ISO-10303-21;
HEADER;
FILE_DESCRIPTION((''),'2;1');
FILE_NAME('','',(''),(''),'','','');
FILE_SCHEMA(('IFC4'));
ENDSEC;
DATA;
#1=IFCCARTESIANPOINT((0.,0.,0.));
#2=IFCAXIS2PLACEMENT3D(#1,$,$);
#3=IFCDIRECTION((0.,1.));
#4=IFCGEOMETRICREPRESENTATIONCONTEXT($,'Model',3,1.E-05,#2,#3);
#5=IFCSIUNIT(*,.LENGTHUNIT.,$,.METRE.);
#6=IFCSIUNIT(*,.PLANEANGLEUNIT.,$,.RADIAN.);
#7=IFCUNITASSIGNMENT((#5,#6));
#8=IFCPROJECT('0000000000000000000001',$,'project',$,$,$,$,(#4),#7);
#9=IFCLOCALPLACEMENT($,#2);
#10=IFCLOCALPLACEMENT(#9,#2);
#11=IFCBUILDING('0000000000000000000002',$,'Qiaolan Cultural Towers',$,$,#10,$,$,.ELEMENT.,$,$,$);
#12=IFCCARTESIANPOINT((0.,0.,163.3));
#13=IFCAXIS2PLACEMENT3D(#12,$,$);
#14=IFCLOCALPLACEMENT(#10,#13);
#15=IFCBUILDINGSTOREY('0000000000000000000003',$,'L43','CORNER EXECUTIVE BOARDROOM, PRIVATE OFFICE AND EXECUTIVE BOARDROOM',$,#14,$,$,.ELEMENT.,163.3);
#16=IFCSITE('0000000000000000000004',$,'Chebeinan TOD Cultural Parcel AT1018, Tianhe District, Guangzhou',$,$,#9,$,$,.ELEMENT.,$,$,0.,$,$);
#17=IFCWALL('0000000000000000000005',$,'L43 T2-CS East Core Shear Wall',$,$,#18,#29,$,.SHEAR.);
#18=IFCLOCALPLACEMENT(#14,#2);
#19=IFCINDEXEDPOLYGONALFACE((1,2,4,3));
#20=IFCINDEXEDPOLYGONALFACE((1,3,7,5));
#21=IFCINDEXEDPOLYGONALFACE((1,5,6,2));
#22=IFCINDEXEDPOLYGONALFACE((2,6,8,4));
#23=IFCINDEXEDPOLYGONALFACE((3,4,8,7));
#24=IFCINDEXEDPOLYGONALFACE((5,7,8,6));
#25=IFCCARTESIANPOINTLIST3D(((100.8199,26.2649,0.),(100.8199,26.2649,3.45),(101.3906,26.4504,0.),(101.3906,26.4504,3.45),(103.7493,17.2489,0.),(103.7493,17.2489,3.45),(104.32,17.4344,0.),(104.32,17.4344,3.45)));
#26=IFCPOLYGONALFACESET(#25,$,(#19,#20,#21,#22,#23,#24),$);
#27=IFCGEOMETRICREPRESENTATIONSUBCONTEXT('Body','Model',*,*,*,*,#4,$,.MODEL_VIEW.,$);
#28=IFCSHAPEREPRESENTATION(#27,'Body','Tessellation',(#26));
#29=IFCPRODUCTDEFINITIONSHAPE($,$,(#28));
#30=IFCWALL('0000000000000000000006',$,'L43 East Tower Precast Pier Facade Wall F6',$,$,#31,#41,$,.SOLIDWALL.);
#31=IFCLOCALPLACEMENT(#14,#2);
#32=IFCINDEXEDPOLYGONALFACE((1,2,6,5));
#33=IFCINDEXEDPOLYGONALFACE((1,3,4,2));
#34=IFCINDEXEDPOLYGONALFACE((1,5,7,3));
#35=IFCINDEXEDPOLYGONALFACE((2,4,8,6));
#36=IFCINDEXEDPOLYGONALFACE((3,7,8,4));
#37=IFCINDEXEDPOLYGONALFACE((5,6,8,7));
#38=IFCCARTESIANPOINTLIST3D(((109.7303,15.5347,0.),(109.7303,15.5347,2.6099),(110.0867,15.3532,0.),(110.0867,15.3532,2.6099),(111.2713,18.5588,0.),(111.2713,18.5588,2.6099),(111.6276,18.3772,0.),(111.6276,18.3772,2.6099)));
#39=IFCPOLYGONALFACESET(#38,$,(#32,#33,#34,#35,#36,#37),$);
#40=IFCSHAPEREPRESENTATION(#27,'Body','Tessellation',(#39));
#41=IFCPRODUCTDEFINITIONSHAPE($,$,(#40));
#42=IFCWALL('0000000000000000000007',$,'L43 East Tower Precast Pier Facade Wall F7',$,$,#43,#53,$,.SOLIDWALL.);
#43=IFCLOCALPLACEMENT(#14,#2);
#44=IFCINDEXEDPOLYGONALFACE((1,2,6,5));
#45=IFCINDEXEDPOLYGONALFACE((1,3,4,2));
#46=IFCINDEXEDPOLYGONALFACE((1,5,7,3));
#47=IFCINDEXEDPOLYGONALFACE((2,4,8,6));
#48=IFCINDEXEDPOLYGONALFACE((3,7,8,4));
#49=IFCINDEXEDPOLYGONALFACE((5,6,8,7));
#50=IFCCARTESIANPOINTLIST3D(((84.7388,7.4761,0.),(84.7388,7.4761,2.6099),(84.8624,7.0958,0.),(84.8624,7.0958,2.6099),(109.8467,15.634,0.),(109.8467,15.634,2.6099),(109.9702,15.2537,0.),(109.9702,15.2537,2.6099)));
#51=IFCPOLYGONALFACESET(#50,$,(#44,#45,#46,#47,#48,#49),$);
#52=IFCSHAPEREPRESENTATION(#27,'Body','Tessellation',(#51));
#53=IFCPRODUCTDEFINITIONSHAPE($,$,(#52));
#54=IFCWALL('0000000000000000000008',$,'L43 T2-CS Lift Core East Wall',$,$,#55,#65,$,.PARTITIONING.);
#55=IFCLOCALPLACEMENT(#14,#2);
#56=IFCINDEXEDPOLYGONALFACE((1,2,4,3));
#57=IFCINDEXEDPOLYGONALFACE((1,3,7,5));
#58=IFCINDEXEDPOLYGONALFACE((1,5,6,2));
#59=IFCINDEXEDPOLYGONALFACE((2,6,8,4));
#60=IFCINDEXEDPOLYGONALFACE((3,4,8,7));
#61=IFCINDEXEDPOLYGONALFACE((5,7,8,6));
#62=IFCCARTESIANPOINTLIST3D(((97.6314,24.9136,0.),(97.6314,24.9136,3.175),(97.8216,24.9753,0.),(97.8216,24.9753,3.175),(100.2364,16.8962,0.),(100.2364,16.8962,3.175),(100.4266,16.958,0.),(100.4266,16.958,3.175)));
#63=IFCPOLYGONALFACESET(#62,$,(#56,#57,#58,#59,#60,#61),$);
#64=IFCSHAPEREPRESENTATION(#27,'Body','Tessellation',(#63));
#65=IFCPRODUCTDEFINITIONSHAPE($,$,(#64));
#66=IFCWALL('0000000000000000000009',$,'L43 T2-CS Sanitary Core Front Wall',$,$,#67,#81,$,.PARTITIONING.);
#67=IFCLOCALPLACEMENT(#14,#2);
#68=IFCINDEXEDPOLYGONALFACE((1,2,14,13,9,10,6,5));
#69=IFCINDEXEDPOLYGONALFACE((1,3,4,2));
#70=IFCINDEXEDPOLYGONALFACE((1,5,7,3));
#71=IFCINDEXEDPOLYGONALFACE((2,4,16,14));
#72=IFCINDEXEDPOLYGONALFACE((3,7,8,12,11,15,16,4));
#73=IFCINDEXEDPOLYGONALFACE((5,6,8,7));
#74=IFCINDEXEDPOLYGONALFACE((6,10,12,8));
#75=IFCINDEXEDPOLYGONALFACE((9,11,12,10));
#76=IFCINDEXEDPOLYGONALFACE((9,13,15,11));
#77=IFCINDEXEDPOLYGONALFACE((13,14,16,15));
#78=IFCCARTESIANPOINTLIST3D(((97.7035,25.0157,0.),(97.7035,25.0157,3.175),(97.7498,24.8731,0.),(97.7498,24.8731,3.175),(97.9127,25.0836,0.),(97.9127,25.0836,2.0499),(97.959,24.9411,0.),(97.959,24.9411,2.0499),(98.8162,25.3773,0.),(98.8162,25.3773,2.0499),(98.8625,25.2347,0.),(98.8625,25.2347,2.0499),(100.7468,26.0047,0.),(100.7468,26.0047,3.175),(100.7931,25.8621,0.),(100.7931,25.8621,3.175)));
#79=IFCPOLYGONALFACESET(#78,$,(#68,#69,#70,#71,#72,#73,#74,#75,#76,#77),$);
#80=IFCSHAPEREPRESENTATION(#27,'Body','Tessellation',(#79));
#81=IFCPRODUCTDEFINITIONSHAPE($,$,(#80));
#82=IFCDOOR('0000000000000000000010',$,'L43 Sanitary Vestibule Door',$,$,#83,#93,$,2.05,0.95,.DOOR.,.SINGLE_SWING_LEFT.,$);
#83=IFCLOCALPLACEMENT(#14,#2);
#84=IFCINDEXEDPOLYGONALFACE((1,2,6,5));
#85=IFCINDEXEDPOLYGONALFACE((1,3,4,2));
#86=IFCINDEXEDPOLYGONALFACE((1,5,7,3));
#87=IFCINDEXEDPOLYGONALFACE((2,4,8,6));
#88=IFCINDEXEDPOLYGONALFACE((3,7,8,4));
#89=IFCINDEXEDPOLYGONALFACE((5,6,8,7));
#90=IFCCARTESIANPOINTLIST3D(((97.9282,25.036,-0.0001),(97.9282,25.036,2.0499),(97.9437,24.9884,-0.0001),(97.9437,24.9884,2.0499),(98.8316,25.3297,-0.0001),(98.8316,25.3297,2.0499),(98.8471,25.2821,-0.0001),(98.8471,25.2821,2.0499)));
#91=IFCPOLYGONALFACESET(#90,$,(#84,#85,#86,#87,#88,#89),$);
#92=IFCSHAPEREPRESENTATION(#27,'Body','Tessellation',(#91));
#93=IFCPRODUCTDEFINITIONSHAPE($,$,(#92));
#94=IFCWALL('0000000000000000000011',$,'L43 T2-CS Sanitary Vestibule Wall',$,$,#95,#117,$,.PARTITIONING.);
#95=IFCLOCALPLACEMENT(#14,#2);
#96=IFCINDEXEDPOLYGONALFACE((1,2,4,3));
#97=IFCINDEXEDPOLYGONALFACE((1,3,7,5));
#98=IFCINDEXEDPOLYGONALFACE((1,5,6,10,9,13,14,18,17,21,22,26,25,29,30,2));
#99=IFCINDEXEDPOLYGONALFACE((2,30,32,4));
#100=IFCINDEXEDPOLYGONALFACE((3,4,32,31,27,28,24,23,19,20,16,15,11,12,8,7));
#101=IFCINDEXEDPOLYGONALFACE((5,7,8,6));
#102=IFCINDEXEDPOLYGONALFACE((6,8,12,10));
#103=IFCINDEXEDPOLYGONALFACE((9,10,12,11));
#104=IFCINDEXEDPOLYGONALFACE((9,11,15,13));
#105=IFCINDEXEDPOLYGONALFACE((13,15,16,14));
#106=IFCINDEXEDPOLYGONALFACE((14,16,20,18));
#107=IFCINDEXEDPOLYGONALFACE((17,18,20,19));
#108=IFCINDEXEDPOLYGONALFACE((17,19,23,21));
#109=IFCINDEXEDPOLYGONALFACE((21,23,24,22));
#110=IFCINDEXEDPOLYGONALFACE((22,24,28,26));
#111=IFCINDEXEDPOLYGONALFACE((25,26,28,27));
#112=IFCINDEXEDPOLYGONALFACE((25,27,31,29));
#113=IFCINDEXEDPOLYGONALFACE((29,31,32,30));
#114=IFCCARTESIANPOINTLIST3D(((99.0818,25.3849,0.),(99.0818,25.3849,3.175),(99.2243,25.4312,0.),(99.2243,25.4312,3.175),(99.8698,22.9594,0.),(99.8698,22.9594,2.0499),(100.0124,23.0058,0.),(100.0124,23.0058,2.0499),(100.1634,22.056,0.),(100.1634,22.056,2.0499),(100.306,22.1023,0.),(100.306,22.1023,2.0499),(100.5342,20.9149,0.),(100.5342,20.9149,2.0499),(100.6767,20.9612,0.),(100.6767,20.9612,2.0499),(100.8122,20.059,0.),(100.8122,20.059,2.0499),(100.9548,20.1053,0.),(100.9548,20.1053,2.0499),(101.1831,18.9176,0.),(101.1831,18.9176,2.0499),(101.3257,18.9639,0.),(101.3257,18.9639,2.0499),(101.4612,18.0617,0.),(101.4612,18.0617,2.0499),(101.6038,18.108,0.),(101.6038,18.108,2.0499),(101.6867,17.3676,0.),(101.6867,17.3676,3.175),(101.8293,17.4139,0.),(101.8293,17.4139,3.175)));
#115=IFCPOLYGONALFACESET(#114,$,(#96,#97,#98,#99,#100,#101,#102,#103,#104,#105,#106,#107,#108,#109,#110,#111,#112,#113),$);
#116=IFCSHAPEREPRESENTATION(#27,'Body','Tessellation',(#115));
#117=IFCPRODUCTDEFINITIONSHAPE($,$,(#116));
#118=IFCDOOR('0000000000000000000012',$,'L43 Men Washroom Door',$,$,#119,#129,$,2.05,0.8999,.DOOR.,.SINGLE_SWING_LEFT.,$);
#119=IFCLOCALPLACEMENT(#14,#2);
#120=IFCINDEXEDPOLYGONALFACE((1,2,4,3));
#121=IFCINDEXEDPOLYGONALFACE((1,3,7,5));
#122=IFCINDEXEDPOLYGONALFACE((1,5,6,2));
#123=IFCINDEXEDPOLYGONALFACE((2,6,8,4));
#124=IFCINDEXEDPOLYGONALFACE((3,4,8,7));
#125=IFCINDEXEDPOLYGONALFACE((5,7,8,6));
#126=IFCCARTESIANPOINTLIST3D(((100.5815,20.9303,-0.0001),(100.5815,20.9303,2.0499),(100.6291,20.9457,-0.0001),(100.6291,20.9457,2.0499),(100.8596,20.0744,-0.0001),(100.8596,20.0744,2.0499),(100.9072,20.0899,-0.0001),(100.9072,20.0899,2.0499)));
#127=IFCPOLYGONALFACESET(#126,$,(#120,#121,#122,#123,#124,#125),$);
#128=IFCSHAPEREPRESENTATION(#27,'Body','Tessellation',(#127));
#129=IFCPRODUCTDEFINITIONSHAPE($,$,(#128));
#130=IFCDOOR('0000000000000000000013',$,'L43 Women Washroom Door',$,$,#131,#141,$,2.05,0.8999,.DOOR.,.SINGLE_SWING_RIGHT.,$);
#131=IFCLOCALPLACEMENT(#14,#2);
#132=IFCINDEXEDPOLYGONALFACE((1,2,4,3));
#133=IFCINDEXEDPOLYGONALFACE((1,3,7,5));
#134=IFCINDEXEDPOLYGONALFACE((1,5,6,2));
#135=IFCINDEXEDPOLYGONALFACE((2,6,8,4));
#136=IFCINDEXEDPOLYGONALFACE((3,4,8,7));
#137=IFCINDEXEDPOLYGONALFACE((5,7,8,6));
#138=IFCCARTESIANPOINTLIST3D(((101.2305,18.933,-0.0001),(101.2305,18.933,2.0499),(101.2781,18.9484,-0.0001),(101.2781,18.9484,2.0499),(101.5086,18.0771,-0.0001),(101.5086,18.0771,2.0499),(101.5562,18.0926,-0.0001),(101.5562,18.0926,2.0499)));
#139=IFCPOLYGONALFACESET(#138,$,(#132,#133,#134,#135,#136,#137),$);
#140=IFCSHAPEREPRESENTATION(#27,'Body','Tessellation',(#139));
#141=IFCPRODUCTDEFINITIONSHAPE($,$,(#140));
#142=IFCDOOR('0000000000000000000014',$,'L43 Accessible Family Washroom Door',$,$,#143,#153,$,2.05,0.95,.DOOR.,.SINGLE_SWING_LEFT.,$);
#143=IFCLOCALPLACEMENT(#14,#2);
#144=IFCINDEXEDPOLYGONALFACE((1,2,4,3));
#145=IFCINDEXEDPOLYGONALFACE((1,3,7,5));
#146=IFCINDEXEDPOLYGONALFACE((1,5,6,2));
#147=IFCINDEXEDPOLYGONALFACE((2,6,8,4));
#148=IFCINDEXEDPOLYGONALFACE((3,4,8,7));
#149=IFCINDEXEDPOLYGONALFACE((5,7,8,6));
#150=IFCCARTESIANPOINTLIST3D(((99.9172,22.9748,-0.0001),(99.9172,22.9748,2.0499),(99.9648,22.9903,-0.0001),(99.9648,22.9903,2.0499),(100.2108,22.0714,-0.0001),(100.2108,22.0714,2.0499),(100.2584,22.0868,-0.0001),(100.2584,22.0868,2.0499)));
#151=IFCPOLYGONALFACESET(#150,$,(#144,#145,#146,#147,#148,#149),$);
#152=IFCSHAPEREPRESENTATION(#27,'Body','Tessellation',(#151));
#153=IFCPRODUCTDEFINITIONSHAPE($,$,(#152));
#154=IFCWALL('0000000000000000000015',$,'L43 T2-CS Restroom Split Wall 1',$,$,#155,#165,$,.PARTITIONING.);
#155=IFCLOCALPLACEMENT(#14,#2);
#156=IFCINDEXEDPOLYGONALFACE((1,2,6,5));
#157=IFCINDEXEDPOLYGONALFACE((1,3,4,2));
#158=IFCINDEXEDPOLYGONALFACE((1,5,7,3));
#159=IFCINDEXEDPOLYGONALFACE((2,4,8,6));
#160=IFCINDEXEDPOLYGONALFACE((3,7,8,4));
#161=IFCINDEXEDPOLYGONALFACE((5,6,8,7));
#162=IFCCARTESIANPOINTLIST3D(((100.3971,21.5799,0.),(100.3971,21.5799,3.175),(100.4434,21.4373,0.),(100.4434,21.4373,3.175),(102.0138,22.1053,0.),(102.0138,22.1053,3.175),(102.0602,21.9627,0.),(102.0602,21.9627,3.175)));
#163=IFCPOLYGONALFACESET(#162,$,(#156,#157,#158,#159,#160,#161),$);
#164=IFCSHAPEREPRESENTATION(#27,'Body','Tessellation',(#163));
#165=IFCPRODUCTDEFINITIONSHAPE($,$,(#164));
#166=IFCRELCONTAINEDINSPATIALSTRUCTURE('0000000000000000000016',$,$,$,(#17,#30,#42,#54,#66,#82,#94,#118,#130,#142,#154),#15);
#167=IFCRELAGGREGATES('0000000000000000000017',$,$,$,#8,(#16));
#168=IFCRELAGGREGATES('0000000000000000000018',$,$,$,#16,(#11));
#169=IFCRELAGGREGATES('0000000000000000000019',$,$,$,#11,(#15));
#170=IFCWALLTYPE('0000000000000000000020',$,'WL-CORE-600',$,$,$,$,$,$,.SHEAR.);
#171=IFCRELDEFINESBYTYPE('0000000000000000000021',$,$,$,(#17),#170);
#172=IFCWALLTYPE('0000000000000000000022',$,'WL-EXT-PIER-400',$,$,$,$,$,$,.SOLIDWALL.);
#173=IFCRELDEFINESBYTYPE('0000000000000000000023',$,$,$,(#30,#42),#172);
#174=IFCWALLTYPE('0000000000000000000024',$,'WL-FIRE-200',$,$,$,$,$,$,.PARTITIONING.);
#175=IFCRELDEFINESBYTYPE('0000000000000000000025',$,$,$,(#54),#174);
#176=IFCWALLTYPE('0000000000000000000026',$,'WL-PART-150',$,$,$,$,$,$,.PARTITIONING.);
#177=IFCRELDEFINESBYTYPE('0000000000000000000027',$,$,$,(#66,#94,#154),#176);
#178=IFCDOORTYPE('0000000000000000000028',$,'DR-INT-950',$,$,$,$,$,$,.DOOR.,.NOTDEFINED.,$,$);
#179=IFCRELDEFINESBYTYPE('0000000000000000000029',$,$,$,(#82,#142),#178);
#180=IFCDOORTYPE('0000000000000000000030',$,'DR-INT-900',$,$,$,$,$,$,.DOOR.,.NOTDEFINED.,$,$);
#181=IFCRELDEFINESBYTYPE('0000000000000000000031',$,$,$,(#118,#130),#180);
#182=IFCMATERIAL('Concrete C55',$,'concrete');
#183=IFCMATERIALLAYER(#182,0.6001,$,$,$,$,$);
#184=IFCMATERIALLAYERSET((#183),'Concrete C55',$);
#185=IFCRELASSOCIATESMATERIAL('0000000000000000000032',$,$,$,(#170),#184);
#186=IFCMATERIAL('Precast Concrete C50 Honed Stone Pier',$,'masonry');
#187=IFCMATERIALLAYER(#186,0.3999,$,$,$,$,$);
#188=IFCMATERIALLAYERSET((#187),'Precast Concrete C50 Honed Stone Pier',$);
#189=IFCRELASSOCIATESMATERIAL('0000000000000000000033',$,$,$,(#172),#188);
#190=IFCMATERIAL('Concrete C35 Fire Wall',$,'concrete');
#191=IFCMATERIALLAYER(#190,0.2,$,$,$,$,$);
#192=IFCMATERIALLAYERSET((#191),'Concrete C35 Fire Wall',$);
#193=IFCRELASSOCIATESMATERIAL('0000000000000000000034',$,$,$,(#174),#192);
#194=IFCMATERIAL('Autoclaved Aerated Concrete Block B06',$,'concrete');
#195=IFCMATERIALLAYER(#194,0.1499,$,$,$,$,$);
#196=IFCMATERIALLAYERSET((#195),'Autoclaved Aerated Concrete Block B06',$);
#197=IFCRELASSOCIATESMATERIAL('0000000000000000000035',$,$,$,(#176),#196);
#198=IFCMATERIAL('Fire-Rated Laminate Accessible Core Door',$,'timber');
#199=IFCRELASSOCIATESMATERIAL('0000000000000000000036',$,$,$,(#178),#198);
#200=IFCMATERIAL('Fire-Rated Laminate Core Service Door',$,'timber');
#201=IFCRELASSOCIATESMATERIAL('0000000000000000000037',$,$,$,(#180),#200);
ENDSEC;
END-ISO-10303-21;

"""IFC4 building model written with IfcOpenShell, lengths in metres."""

from ifc_helpers import new_model, si_unit, direction, frame, frame_2d, origin, place, context, subcontext, project, spatial, rectangle, extrude, material, layer, layer_set, type_object, element, fill, save


model = new_model("IFC4")

# Units and contexts
model_context = context("Model", 3, precision=1e-05, world=origin(), true_north=direction((0.0, 1.0)))
body_context = subcontext(model_context, "Body", "Model", "MODEL_VIEW")
ifc_project = project(units=[si_unit("LENGTHUNIT", "METRE"), si_unit("PLANEANGLEUNIT", "RADIAN")], contexts=[model_context])

# Site, building, storey
site_placement = place(None, origin())
site = spatial("IfcSite", under=ifc_project, at=site_placement, Name="Chebeinan TOD Cultural Parcel AT1018, Tianhe District, Guangzhou", CompositionType="ELEMENT", RefElevation=0.0)
building_placement = place(site_placement, origin())
building = spatial("IfcBuilding", under=site, at=building_placement, Name="Qiaolan Cultural Towers", CompositionType="ELEMENT")
storey_placement = place(building_placement, frame((0.0, 0.0, 163.3)))
storey = spatial("IfcBuildingStorey", under=building, at=storey_placement, Name="L43", Description="CORNER EXECUTIVE BOARDROOM, PRIVATE OFFICE AND EXECUTIVE BOARDROOM", CompositionType="ELEMENT", Elevation=163.3)

# Walls
ifc_material_1 = material(Name="Concrete C55", Category="concrete")
ifc_layer_1 = layer(ifc_material_1, 0.6001)
ifc_layer_set_1 = layer_set([ifc_layer_1], Name="Concrete C55")
wall_type_1 = type_object("IfcWallType", Name="WL-CORE-600", PredefinedType="SHEAR", material=ifc_layer_set_1)
wall_1_placement = place(storey_placement, frame((101.1052, 26.3577, 0.0), z_axis=(0.0, 0.0, 1.0), x_axis=(0.30901, -0.951059, 0.0)))
element("IfcWall", 1, at=wall_1_placement, inside=storey, type_object=wall_type_1, Name="L43 T2-CS East Core Shear Wall", PredefinedType="SHEAR", context=body_context, shape_type="SweptSolid", body=[
    extrude(rectangle(XDim=9.48, YDim=0.6001, at=frame_2d((4.74, 0.0))), origin(), (0.0, 0.0, 1.0), 3.45),
])
ifc_material_2 = material(Name="Precast Concrete C50 Honed Stone Pier", Category="masonry")
ifc_layer_2 = layer(ifc_material_2, 0.3999)
ifc_layer_set_2 = layer_set([ifc_layer_2], Name="Precast Concrete C50 Honed Stone Pier")
wall_type_2 = type_object("IfcWallType", Name="WL-EXT-PIER-400", PredefinedType="SOLIDWALL", material=ifc_layer_set_2)
wall_2_placement = place(storey_placement, frame((111.4495, 18.468, 0.0), z_axis=(0.0, 0.0, 1.0), x_axis=(-0.45402, -0.890992, 0.0)))
element("IfcWall", 2, at=wall_2_placement, inside=storey, type_object=wall_type_2, Name="L43 East Tower Precast Pier Facade Wall F6", PredefinedType="SOLIDWALL", context=body_context, shape_type="SweptSolid", body=[
    extrude(rectangle(XDim=3.394, YDim=0.3999, at=frame_2d((1.697, 0.0))), origin(), (0.0, 0.0, 1.0), 2.6099),
])
wall_3_placement = place(storey_placement, frame((109.9084, 15.4438, 0.0), z_axis=(0.0, 0.0, 1.0), x_axis=(-0.951058, -0.309014, 0.0)))
element("IfcWall", 3, at=wall_3_placement, inside=storey, type_object=wall_type_2, Name="L43 East Tower Precast Pier Facade Wall F7", PredefinedType="SOLIDWALL", context=body_context, shape_type="SweptSolid", body=[
    extrude(rectangle(XDim=26.3999, YDim=0.3999, at=frame_2d((13.2, 0.0))), origin(), (0.0, 0.0, 1.0), 2.6099),
])
ifc_material_3 = material(Name="Concrete C35 Fire Wall", Category="concrete")
ifc_layer_3 = layer(ifc_material_3, 0.2)
ifc_layer_set_3 = layer_set([ifc_layer_3], Name="Concrete C35 Fire Wall")
wall_type_3 = type_object("IfcWallType", Name="WL-FIRE-200", PredefinedType="PARTITIONING", material=ifc_layer_set_3)
wall_4_placement = place(storey_placement, frame((97.7266, 24.9443, 0.0), z_axis=(0.0, 0.0, 1.0), x_axis=(0.309016, -0.951057, 0.0)))
element("IfcWall", 4, at=wall_4_placement, inside=storey, type_object=wall_type_3, Name="L43 T2-CS Lift Core East Wall", PredefinedType="PARTITIONING", context=body_context, shape_type="SweptSolid", body=[
    extrude(rectangle(XDim=8.4299, YDim=0.2, at=frame_2d((4.2148, 0.0))), origin(), (0.0, 0.0, 1.0), 3.175),
])

# Wall, opening, door
ifc_material_4 = material(Name="Autoclaved Aerated Concrete Block B06", Category="concrete")
ifc_layer_4 = layer(ifc_material_4, 0.1499)
ifc_layer_set_4 = layer_set([ifc_layer_4], Name="Autoclaved Aerated Concrete Block B06")
wall_type_4 = type_object("IfcWallType", Name="WL-PART-150", PredefinedType="PARTITIONING", material=ifc_layer_set_4)
wall_5_placement = place(storey_placement, frame((97.7266, 24.9443, 0.0), z_axis=(0.0, 0.0, 1.0), x_axis=(0.951037, 0.309077, 0.0)))
wall_5 = element("IfcWall", 5, at=wall_5_placement, inside=storey, type_object=wall_type_4, Name="L43 T2-CS Sanitary Core Front Wall", PredefinedType="PARTITIONING", context=body_context, shape_type="SweptSolid", body=[
    extrude(rectangle(XDim=3.2, YDim=0.1499, at=frame_2d((1.6001, 0.0))), origin(), (0.0, 0.0, 1.0), 3.175),
])
opening_1_placement = place(wall_5_placement, frame((0.22, 0.0, 0.0)))
opening_1 = element("IfcOpeningElement", 6, at=opening_1_placement, cuts=wall_5, PredefinedType="OPENING", context=body_context, shape_type="SweptSolid", body=[
    extrude(rectangle(XDim=0.95, YDim=2.05, at=frame_2d((0.4751, 1.0249))), frame((0.0, 0.085, 0.0), z_axis=(0.0, -1.0, 0.0), x_axis=(1.0, 0.0, 0.0)), (0.0, 0.0, 1.0), 0.1699),
])
ifc_material_5 = material(Name="Fire-Rated Laminate Accessible Core Door", Category="timber")
door_type_1 = type_object("IfcDoorType", Name="DR-INT-950", OperationType="NOTDEFINED", PredefinedType="DOOR", material=ifc_material_5)
door_1_placement = place(opening_1_placement, origin())
door_1 = element("IfcDoor", 7, at=door_1_placement, inside=storey, type_object=door_type_1, Name="L43 Sanitary Vestibule Door", OperationType="SINGLE_SWING_LEFT", OverallHeight=2.05, OverallWidth=0.95, PredefinedType="DOOR", context=body_context, shape_type="SweptSolid", body=[
    extrude(rectangle(XDim=0.95, YDim=2.05, at=frame_2d((0.4751, 1.0249))), frame((0.0, 0.0249, 0.0), z_axis=(0.0, -1.0, 0.0), x_axis=(1.0, 0.0, 0.0)), (0.0, 0.0, 1.0), 0.05),
])
fill(opening_1, door_1)

# Wall, openings, doors
wall_6_placement = place(storey_placement, frame((99.1531, 25.408, 0.0), z_axis=(0.0, 0.0, 1.0), x_axis=(0.309016, -0.951057, 0.0)))
wall_6 = element("IfcWall", 8, at=wall_6_placement, inside=storey, type_object=wall_type_4, Name="L43 T2-CS Sanitary Vestibule Wall", PredefinedType="PARTITIONING", context=body_context, shape_type="SweptSolid", body=[
    extrude(rectangle(XDim=8.4299, YDim=0.1499, at=frame_2d((4.2148, 0.0))), origin(), (0.0, 0.0, 1.0), 3.175),
])
opening_2_placement = place(wall_6_placement, frame((2.55, 0.0, 0.0)))
opening_2 = element("IfcOpeningElement", 9, at=opening_2_placement, cuts=wall_6, PredefinedType="OPENING", context=body_context, shape_type="SweptSolid", body=[
    extrude(rectangle(XDim=0.95, YDim=2.05, at=frame_2d((0.4751, 1.0249))), frame((0.0, 0.085, 0.0), z_axis=(0.0, -1.0, 0.0), x_axis=(1.0, 0.0, 0.0)), (0.0, 0.0, 1.0), 0.1699),
])
opening_3_placement = place(wall_6_placement, frame((4.7, 0.0, 0.0)))
opening_3 = element("IfcOpeningElement", 10, at=opening_3_placement, cuts=wall_6, PredefinedType="OPENING", context=body_context, shape_type="SweptSolid", body=[
    extrude(rectangle(XDim=0.8999, YDim=2.05, at=frame_2d((0.45, 1.0249))), frame((0.0, 0.085, 0.0), z_axis=(0.0, -1.0, 0.0), x_axis=(1.0, 0.0, 0.0)), (0.0, 0.0, 1.0), 0.1699),
])
opening_4_placement = place(wall_6_placement, frame((6.8, 0.0, 0.0)))
opening_4 = element("IfcOpeningElement", 11, at=opening_4_placement, cuts=wall_6, PredefinedType="OPENING", context=body_context, shape_type="SweptSolid", body=[
    extrude(rectangle(XDim=0.8999, YDim=2.05, at=frame_2d((0.45, 1.0249))), frame((0.0, 0.085, 0.0), z_axis=(0.0, -1.0, 0.0), x_axis=(1.0, 0.0, 0.0)), (0.0, 0.0, 1.0), 0.1699),
])
ifc_material_6 = material(Name="Fire-Rated Laminate Core Service Door", Category="timber")
door_type_2 = type_object("IfcDoorType", Name="DR-INT-900", OperationType="NOTDEFINED", PredefinedType="DOOR", material=ifc_material_6)
door_2_placement = place(opening_3_placement, origin())
door_2 = element("IfcDoor", 12, at=door_2_placement, inside=storey, type_object=door_type_2, Name="L43 Men Washroom Door", OperationType="SINGLE_SWING_LEFT", OverallHeight=2.05, OverallWidth=0.8999, PredefinedType="DOOR", context=body_context, shape_type="SweptSolid", body=[
    extrude(rectangle(XDim=0.8999, YDim=2.05, at=frame_2d((0.45, 1.0249))), frame((0.0, 0.0249, 0.0), z_axis=(0.0, -1.0, 0.0), x_axis=(1.0, 0.0, 0.0)), (0.0, 0.0, 1.0), 0.05),
])
fill(opening_3, door_2)
door_3_placement = place(opening_4_placement, origin())
door_3 = element("IfcDoor", 13, at=door_3_placement, inside=storey, type_object=door_type_2, Name="L43 Women Washroom Door", OperationType="SINGLE_SWING_RIGHT", OverallHeight=2.05, OverallWidth=0.8999, PredefinedType="DOOR", context=body_context, shape_type="SweptSolid", body=[
    extrude(rectangle(XDim=0.8999, YDim=2.05, at=frame_2d((0.45, 1.0249))), frame((0.0, 0.0249, 0.0), z_axis=(0.0, -1.0, 0.0), x_axis=(1.0, 0.0, 0.0)), (0.0, 0.0, 1.0), 0.05),
])
fill(opening_4, door_3)
door_4_placement = place(opening_2_placement, origin())
door_4 = element("IfcDoor", 14, at=door_4_placement, inside=storey, type_object=door_type_1, Name="L43 Accessible Family Washroom Door", OperationType="SINGLE_SWING_LEFT", OverallHeight=2.05, OverallWidth=0.95, PredefinedType="DOOR", context=body_context, shape_type="SweptSolid", body=[
    extrude(rectangle(XDim=0.95, YDim=2.05, at=frame_2d((0.4751, 1.0249))), frame((0.0, 0.0249, 0.0), z_axis=(0.0, -1.0, 0.0), x_axis=(1.0, 0.0, 0.0)), (0.0, 0.0, 1.0), 0.05),
])
fill(opening_2, door_4)

# Wall
wall_7_placement = place(storey_placement, frame((100.4202, 21.5085, 0.0), z_axis=(0.0, 0.0, 1.0), x_axis=(0.95104, 0.309067, 0.0)))
element("IfcWall", 15, at=wall_7_placement, inside=storey, type_object=wall_type_4, Name="L43 T2-CS Restroom Split Wall 1", PredefinedType="PARTITIONING", context=body_context, shape_type="SweptSolid", body=[
    extrude(rectangle(XDim=1.7, YDim=0.1499, at=frame_2d((0.8501, 0.0))), origin(), (0.0, 0.0, 1.0), 3.175),
])

save(model, "model.ifc")
